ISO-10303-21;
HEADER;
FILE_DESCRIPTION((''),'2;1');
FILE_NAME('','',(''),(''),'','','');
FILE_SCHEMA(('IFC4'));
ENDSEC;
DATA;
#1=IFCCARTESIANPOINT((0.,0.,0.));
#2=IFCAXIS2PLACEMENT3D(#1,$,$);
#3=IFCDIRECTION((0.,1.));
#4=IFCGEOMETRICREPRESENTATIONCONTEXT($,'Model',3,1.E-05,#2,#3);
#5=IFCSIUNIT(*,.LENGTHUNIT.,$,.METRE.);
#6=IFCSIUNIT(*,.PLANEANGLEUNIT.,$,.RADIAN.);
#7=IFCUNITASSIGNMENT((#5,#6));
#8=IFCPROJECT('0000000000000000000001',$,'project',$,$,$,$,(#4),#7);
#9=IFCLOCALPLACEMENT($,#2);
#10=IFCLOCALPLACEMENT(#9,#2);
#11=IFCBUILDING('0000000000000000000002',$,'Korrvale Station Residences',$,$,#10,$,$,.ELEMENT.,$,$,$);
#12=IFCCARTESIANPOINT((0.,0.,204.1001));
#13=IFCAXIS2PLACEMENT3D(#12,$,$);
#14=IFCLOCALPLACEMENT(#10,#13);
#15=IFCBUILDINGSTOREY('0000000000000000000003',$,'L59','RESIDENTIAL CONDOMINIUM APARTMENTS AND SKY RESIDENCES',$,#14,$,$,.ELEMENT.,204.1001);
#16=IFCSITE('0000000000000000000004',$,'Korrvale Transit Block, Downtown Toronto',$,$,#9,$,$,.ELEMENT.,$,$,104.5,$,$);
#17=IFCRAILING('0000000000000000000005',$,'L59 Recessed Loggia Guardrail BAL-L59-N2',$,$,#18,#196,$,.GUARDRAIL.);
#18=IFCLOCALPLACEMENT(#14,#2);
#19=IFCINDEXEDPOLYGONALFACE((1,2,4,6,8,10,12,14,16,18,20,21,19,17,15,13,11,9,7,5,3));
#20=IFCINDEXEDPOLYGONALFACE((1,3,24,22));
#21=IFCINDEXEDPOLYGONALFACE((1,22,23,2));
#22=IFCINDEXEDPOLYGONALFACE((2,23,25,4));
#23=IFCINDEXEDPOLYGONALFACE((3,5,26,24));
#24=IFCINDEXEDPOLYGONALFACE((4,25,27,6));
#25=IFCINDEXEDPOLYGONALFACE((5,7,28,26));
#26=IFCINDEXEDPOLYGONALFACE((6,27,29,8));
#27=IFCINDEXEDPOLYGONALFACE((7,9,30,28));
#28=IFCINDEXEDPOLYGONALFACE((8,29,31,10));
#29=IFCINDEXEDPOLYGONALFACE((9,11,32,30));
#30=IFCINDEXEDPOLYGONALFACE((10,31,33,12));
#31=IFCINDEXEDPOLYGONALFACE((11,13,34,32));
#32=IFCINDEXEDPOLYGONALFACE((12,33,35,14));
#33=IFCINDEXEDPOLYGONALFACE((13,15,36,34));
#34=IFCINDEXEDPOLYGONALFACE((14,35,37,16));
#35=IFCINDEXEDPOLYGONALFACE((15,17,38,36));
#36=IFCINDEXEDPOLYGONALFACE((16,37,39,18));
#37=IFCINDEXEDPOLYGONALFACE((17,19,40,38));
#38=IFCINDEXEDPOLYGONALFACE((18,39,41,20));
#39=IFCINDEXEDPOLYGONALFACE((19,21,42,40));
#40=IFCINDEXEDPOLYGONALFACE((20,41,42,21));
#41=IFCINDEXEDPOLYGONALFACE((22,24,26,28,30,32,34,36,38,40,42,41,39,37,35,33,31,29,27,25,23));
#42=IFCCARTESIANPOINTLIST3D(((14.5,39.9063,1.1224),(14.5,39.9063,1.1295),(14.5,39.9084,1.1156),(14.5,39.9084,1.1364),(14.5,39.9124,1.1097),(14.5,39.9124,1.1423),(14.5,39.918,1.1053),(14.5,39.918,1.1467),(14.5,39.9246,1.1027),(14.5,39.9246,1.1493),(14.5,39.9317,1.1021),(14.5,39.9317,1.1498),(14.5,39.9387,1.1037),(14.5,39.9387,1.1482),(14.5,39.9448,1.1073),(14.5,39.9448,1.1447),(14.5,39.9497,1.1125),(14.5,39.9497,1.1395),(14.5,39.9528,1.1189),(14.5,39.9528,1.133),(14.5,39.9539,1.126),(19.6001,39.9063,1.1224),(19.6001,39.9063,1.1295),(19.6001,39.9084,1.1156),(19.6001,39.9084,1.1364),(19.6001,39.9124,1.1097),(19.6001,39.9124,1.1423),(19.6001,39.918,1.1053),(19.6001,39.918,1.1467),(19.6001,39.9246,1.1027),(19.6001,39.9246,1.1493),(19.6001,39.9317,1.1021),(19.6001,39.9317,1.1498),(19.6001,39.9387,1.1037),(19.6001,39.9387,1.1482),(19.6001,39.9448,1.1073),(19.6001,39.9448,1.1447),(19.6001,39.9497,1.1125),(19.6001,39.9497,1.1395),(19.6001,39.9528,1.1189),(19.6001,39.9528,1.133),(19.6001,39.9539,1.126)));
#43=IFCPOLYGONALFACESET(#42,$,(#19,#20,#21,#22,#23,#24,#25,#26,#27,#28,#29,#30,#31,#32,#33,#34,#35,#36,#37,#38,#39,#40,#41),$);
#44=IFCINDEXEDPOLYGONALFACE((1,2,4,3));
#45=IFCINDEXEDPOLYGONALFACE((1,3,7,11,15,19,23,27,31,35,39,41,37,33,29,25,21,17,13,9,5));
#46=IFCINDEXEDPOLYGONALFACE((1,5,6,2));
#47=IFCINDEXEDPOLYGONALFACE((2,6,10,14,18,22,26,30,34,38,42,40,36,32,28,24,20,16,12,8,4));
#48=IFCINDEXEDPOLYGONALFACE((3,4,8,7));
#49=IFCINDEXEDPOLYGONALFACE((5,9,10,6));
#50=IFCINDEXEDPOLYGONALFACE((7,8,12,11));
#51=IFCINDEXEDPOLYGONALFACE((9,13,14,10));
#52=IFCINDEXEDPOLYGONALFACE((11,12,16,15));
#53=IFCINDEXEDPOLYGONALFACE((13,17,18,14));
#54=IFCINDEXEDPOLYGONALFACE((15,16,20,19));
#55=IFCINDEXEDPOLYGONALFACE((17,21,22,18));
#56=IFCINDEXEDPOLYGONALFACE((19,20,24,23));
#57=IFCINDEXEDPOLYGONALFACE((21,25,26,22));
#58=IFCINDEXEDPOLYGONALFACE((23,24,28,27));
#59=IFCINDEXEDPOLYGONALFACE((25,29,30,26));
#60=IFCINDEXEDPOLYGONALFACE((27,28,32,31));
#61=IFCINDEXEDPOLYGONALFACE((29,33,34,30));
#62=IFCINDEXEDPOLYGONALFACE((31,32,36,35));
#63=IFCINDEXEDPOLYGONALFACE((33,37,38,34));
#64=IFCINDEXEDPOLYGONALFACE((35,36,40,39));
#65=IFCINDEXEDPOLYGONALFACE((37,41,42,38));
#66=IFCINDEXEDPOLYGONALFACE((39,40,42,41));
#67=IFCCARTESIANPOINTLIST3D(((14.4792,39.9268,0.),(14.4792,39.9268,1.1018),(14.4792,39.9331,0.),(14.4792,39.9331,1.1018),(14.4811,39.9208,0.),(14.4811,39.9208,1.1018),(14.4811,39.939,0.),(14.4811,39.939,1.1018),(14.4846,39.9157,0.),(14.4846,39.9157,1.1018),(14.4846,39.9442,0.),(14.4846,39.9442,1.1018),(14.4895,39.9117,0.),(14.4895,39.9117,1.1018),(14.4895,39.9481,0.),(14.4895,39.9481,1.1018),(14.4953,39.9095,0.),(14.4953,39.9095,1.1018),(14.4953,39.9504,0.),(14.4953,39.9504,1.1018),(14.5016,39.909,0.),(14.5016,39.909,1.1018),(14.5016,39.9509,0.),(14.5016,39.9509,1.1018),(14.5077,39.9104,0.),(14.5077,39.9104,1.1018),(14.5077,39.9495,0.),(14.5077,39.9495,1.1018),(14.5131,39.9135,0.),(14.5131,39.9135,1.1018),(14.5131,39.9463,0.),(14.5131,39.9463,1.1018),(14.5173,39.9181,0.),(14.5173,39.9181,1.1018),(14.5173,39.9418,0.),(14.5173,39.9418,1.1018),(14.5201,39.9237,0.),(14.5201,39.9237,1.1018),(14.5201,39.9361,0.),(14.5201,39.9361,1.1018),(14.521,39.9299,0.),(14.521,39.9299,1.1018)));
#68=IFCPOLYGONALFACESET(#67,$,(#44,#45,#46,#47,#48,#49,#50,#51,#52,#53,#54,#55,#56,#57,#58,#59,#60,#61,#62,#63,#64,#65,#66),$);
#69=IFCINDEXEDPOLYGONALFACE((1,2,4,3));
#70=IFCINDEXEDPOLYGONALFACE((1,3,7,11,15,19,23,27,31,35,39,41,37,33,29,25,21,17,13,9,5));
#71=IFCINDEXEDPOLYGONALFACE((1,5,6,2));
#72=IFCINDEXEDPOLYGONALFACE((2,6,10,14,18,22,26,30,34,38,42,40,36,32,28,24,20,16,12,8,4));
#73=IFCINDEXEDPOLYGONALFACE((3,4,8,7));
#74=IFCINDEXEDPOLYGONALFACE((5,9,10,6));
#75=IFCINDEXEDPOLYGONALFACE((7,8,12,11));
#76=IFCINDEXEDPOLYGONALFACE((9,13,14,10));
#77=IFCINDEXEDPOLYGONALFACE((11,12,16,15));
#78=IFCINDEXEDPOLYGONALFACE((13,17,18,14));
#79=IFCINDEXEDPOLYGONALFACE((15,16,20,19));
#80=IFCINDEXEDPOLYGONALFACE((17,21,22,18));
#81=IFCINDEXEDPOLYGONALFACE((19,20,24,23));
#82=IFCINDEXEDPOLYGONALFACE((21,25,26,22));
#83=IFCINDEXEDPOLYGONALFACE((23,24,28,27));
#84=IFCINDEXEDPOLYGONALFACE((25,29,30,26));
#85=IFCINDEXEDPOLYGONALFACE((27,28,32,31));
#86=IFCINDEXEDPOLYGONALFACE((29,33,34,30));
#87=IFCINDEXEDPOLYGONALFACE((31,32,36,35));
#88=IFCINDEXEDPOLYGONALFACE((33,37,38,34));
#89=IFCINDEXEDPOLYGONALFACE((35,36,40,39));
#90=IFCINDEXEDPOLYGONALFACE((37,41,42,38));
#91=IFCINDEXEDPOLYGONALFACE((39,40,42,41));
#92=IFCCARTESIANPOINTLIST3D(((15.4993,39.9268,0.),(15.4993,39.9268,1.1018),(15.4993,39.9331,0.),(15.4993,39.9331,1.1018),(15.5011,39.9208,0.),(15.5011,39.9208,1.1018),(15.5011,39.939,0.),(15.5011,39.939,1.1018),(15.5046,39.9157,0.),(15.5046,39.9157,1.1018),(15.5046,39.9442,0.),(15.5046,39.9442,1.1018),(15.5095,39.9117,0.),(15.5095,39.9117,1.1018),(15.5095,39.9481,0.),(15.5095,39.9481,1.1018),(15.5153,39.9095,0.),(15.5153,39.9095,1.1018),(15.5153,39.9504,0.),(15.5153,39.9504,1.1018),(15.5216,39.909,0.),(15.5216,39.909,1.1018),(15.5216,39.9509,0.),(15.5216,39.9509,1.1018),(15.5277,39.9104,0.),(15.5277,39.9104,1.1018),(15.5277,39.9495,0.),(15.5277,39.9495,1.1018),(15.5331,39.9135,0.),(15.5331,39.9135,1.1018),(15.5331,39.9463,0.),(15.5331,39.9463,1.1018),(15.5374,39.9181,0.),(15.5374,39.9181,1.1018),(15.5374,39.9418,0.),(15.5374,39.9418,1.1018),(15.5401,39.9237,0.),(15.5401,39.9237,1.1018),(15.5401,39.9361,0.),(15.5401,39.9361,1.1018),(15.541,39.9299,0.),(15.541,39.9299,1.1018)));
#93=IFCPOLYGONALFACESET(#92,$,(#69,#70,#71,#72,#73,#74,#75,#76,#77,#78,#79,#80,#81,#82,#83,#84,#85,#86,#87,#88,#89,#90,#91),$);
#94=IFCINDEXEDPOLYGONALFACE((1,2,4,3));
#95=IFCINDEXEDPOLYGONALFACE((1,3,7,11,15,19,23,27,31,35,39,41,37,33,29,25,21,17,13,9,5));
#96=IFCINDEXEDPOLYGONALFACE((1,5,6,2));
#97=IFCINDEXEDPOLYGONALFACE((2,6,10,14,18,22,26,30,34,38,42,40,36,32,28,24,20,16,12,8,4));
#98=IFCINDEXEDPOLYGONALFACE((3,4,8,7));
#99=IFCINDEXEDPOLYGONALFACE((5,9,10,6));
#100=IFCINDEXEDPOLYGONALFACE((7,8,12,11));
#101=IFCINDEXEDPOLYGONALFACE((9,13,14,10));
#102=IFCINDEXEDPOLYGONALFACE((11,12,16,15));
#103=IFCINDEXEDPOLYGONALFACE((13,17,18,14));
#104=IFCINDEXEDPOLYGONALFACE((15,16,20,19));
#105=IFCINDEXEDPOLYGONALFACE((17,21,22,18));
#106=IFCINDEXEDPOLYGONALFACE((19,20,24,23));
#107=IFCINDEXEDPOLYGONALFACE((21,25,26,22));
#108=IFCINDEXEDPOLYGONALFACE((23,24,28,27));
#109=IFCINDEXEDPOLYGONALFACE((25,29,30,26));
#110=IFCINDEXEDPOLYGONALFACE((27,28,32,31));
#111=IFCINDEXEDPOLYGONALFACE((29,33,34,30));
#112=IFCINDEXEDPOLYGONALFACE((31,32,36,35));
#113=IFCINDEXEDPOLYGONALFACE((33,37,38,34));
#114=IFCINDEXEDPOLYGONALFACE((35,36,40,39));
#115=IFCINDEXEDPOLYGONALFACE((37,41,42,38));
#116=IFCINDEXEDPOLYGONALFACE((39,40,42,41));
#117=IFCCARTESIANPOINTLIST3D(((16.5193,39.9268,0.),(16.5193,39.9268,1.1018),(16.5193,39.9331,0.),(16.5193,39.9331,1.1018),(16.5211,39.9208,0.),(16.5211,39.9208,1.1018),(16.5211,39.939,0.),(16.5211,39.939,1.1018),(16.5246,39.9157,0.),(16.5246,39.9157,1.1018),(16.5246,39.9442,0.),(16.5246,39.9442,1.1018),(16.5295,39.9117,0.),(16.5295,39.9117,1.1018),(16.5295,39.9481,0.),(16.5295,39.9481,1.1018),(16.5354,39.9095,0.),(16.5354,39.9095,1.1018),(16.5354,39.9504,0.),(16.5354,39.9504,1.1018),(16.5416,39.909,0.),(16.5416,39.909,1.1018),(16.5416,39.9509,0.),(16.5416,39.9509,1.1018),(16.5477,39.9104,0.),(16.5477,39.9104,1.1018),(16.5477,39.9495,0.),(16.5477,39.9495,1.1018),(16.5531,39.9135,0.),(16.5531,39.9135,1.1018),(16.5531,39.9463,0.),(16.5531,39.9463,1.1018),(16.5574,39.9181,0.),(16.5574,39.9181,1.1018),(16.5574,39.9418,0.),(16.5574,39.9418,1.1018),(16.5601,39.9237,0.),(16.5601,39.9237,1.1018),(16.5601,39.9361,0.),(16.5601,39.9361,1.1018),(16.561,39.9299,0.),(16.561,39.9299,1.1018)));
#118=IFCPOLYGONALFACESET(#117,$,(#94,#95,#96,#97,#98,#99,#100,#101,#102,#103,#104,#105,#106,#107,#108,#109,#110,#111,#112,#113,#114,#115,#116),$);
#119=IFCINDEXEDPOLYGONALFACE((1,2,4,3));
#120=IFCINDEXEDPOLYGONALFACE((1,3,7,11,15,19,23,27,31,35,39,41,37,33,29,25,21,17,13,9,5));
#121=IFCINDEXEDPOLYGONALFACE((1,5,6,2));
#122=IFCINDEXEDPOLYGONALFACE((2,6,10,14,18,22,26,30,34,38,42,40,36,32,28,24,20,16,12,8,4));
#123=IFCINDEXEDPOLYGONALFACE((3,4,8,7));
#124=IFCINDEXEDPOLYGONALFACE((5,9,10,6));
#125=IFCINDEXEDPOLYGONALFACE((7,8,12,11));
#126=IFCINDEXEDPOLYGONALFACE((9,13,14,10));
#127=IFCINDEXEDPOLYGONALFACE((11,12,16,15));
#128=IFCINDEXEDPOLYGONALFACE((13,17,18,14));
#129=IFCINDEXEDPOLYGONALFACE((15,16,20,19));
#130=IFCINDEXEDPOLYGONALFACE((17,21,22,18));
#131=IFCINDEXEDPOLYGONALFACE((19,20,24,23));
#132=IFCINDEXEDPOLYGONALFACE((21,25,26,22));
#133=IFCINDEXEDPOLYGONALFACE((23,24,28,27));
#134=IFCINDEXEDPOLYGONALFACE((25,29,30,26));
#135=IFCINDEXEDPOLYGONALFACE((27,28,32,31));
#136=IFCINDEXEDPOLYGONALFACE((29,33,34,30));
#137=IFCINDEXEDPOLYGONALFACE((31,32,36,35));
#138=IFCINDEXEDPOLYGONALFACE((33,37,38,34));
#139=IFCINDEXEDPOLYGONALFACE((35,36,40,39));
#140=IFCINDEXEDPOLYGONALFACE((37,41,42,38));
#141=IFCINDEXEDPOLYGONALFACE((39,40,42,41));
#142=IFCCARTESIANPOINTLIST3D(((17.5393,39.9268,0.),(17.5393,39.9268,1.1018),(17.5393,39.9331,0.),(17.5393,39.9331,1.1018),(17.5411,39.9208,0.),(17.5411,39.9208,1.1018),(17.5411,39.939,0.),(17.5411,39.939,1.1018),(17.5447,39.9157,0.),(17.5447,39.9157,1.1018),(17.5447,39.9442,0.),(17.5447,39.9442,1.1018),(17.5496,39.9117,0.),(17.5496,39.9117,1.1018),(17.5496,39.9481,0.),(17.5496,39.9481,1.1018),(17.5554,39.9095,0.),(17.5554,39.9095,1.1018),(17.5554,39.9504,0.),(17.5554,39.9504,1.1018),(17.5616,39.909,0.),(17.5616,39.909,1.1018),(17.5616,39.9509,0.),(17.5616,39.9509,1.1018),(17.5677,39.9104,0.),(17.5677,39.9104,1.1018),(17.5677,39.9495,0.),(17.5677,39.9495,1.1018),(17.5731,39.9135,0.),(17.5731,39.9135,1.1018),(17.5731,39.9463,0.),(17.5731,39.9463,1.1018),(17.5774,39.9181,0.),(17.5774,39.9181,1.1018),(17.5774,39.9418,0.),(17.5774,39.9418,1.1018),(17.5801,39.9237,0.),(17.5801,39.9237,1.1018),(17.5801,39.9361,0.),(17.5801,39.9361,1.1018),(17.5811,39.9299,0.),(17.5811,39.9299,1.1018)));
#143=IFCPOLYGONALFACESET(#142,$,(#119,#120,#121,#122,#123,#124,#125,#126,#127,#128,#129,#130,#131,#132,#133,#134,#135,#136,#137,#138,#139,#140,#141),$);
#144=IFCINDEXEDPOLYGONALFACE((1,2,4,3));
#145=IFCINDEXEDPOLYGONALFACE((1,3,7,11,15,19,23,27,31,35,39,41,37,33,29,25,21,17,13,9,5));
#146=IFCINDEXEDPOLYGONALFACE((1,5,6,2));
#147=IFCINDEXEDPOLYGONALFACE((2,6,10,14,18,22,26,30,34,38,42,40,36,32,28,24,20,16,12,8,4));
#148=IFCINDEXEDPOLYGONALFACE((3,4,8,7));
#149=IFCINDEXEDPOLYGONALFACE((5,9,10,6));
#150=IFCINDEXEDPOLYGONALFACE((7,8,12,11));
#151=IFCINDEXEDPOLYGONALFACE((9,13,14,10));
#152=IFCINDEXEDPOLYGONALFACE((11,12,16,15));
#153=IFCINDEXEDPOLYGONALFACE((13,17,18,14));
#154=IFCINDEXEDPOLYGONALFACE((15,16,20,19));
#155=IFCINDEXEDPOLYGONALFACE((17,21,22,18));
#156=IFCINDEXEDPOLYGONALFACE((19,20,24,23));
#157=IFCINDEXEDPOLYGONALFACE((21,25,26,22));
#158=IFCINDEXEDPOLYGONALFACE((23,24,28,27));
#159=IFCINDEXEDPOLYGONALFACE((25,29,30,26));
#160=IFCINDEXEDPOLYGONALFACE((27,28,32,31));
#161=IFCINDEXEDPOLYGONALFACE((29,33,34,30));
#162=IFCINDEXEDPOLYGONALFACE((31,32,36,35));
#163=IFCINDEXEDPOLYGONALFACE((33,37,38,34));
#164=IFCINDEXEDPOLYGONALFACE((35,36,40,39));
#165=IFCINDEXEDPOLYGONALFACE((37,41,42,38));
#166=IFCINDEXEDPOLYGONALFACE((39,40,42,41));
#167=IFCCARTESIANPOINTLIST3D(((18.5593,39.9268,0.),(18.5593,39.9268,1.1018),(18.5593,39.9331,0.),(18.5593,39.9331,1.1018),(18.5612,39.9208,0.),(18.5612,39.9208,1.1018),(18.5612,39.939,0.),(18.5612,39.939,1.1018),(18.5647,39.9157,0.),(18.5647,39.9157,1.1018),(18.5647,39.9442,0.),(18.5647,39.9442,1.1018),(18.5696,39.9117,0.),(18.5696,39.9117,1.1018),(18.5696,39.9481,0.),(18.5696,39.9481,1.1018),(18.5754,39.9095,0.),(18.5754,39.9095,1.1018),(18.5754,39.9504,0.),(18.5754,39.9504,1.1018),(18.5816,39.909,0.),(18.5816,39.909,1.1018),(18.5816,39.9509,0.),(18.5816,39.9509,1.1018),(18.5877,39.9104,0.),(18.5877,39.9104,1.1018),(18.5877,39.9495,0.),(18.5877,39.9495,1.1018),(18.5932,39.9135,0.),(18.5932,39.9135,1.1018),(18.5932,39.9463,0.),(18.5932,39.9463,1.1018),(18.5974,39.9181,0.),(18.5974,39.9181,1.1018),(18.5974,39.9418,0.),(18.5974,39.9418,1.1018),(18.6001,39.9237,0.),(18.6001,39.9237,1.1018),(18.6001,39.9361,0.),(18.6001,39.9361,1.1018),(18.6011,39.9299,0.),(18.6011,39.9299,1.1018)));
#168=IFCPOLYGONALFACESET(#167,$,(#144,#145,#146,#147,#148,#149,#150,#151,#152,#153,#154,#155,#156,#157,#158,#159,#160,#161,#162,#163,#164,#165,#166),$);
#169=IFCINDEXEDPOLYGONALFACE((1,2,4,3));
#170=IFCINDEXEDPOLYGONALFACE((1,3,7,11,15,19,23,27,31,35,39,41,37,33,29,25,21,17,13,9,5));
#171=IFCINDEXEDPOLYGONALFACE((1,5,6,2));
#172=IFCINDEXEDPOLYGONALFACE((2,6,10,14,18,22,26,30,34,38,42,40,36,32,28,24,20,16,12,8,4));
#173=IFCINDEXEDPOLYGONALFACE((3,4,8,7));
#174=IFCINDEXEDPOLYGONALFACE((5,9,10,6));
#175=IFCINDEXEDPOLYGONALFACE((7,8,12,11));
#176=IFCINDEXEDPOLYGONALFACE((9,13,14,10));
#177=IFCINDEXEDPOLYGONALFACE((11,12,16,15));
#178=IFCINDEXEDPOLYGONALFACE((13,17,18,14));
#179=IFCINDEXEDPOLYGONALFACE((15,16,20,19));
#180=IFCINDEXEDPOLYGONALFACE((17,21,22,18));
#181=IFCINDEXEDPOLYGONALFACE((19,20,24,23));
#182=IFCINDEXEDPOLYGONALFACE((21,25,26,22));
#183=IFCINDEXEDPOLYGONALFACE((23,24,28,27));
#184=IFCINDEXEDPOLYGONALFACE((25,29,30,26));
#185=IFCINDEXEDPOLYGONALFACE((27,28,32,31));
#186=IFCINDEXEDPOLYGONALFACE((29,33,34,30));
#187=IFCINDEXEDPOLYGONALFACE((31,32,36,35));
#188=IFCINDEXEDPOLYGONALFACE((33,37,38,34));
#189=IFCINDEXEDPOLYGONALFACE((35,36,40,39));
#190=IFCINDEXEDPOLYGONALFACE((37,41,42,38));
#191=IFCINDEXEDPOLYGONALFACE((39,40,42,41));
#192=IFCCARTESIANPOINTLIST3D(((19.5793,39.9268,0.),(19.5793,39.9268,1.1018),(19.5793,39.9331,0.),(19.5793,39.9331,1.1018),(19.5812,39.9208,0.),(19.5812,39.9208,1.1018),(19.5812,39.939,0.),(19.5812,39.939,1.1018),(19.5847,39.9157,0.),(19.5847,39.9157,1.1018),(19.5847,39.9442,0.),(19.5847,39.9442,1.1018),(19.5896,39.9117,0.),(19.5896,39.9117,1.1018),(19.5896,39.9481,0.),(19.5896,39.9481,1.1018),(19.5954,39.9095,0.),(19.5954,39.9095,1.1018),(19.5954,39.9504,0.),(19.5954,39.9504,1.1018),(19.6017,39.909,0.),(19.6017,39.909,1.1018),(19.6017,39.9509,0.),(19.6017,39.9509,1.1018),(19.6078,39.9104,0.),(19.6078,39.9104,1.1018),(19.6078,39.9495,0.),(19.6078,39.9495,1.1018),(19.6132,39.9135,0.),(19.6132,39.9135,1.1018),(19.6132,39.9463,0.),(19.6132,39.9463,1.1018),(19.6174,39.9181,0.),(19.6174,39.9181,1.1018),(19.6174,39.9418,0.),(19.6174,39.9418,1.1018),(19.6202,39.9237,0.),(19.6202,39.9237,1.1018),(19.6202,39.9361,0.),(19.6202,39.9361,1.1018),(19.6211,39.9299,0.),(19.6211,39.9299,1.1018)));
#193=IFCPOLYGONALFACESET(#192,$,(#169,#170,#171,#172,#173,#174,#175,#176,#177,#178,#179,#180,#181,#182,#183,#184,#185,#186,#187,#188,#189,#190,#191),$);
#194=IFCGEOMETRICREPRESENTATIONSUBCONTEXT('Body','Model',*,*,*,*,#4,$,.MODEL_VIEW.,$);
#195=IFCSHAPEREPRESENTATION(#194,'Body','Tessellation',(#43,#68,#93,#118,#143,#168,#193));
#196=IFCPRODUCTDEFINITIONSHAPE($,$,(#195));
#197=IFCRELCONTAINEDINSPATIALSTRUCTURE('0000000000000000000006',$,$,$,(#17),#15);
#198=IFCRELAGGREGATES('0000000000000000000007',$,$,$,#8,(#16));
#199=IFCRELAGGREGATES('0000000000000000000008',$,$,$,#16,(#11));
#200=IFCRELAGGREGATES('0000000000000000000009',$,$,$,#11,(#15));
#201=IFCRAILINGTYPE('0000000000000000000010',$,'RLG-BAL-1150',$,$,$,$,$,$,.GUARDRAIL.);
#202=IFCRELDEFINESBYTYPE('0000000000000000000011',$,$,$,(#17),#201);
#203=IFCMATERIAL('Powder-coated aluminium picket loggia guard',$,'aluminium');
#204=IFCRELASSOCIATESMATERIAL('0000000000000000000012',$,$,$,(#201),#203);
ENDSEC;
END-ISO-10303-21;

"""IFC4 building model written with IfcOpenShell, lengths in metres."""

from ifc_helpers import new_model, si_unit, direction, frame, origin, origin_2d, place, context, subcontext, project, spatial, circle, extrude, material, type_object, element, save


model = new_model("IFC4")

# Units and contexts
model_context = context("Model", 3, precision=1e-05, world=origin(), true_north=direction((0.0, 1.0)))
body_context = subcontext(model_context, "Body", "Model", "MODEL_VIEW")
ifc_project = project(units=[si_unit("LENGTHUNIT", "METRE"), si_unit("PLANEANGLEUNIT", "RADIAN")], contexts=[model_context])

# Site, building, storey
site_placement = place(None, origin())
site = spatial("IfcSite", under=ifc_project, at=site_placement, Name="Korrvale Transit Block, Downtown Toronto", CompositionType="ELEMENT", RefElevation=104.5)
building_placement = place(site_placement, origin())
building = spatial("IfcBuilding", under=site, at=building_placement, Name="Korrvale Station Residences", CompositionType="ELEMENT")
storey_placement = place(building_placement, frame((0.0, 0.0, 204.1001)))
storey = spatial("IfcBuildingStorey", under=building, at=storey_placement, Name="L59", Description="RESIDENTIAL CONDOMINIUM APARTMENTS AND SKY RESIDENCES", CompositionType="ELEMENT", Elevation=204.1001)

# Railing
ifc_material_1 = material(Name="Powder-coated aluminium picket loggia guard", Category="aluminium")
railing_type = type_object("IfcRailingType", Name="RLG-BAL-1150", PredefinedType="GUARDRAIL", material=ifc_material_1)
railing_placement = place(storey_placement, frame((14.5, 39.9299, 0.0)))
element("IfcRailing", 1, at=railing_placement, inside=storey, type_object=railing_type, Name="L59 Recessed Loggia Guardrail BAL-L59-N2", PredefinedType="GUARDRAIL", context=body_context, shape_type="SweptSolid", body=[
    extrude(circle(Radius=0.0239, at=origin_2d()), frame((0.0, 0.0, 1.126), z_axis=(1.0, 0.0, 0.0), x_axis=(0.0, 1.0, 0.0)), (0.0, 0.0, 1.0), 5.1001),
    extrude(circle(Radius=0.021, at=origin_2d()), origin(), (0.0, 0.0, 1.0), 1.1018),
    extrude(circle(Radius=0.021, at=origin_2d()), frame((1.02, 0.0, 0.0)), (0.0, 0.0, 1.0), 1.1018),
    extrude(circle(Radius=0.021, at=origin_2d()), frame((2.04, 0.0, 0.0)), (0.0, 0.0, 1.0), 1.1018),
    extrude(circle(Radius=0.021, at=origin_2d()), frame((3.0601, 0.0, 0.0)), (0.0, 0.0, 1.0), 1.1018),
    extrude(circle(Radius=0.021, at=origin_2d()), frame((4.0801, 0.0, 0.0)), (0.0, 0.0, 1.0), 1.1018),
    extrude(circle(Radius=0.021, at=origin_2d()), frame((5.1001, 0.0, 0.0)), (0.0, 0.0, 1.0), 1.1018),
])

save(model, "model.ifc")
